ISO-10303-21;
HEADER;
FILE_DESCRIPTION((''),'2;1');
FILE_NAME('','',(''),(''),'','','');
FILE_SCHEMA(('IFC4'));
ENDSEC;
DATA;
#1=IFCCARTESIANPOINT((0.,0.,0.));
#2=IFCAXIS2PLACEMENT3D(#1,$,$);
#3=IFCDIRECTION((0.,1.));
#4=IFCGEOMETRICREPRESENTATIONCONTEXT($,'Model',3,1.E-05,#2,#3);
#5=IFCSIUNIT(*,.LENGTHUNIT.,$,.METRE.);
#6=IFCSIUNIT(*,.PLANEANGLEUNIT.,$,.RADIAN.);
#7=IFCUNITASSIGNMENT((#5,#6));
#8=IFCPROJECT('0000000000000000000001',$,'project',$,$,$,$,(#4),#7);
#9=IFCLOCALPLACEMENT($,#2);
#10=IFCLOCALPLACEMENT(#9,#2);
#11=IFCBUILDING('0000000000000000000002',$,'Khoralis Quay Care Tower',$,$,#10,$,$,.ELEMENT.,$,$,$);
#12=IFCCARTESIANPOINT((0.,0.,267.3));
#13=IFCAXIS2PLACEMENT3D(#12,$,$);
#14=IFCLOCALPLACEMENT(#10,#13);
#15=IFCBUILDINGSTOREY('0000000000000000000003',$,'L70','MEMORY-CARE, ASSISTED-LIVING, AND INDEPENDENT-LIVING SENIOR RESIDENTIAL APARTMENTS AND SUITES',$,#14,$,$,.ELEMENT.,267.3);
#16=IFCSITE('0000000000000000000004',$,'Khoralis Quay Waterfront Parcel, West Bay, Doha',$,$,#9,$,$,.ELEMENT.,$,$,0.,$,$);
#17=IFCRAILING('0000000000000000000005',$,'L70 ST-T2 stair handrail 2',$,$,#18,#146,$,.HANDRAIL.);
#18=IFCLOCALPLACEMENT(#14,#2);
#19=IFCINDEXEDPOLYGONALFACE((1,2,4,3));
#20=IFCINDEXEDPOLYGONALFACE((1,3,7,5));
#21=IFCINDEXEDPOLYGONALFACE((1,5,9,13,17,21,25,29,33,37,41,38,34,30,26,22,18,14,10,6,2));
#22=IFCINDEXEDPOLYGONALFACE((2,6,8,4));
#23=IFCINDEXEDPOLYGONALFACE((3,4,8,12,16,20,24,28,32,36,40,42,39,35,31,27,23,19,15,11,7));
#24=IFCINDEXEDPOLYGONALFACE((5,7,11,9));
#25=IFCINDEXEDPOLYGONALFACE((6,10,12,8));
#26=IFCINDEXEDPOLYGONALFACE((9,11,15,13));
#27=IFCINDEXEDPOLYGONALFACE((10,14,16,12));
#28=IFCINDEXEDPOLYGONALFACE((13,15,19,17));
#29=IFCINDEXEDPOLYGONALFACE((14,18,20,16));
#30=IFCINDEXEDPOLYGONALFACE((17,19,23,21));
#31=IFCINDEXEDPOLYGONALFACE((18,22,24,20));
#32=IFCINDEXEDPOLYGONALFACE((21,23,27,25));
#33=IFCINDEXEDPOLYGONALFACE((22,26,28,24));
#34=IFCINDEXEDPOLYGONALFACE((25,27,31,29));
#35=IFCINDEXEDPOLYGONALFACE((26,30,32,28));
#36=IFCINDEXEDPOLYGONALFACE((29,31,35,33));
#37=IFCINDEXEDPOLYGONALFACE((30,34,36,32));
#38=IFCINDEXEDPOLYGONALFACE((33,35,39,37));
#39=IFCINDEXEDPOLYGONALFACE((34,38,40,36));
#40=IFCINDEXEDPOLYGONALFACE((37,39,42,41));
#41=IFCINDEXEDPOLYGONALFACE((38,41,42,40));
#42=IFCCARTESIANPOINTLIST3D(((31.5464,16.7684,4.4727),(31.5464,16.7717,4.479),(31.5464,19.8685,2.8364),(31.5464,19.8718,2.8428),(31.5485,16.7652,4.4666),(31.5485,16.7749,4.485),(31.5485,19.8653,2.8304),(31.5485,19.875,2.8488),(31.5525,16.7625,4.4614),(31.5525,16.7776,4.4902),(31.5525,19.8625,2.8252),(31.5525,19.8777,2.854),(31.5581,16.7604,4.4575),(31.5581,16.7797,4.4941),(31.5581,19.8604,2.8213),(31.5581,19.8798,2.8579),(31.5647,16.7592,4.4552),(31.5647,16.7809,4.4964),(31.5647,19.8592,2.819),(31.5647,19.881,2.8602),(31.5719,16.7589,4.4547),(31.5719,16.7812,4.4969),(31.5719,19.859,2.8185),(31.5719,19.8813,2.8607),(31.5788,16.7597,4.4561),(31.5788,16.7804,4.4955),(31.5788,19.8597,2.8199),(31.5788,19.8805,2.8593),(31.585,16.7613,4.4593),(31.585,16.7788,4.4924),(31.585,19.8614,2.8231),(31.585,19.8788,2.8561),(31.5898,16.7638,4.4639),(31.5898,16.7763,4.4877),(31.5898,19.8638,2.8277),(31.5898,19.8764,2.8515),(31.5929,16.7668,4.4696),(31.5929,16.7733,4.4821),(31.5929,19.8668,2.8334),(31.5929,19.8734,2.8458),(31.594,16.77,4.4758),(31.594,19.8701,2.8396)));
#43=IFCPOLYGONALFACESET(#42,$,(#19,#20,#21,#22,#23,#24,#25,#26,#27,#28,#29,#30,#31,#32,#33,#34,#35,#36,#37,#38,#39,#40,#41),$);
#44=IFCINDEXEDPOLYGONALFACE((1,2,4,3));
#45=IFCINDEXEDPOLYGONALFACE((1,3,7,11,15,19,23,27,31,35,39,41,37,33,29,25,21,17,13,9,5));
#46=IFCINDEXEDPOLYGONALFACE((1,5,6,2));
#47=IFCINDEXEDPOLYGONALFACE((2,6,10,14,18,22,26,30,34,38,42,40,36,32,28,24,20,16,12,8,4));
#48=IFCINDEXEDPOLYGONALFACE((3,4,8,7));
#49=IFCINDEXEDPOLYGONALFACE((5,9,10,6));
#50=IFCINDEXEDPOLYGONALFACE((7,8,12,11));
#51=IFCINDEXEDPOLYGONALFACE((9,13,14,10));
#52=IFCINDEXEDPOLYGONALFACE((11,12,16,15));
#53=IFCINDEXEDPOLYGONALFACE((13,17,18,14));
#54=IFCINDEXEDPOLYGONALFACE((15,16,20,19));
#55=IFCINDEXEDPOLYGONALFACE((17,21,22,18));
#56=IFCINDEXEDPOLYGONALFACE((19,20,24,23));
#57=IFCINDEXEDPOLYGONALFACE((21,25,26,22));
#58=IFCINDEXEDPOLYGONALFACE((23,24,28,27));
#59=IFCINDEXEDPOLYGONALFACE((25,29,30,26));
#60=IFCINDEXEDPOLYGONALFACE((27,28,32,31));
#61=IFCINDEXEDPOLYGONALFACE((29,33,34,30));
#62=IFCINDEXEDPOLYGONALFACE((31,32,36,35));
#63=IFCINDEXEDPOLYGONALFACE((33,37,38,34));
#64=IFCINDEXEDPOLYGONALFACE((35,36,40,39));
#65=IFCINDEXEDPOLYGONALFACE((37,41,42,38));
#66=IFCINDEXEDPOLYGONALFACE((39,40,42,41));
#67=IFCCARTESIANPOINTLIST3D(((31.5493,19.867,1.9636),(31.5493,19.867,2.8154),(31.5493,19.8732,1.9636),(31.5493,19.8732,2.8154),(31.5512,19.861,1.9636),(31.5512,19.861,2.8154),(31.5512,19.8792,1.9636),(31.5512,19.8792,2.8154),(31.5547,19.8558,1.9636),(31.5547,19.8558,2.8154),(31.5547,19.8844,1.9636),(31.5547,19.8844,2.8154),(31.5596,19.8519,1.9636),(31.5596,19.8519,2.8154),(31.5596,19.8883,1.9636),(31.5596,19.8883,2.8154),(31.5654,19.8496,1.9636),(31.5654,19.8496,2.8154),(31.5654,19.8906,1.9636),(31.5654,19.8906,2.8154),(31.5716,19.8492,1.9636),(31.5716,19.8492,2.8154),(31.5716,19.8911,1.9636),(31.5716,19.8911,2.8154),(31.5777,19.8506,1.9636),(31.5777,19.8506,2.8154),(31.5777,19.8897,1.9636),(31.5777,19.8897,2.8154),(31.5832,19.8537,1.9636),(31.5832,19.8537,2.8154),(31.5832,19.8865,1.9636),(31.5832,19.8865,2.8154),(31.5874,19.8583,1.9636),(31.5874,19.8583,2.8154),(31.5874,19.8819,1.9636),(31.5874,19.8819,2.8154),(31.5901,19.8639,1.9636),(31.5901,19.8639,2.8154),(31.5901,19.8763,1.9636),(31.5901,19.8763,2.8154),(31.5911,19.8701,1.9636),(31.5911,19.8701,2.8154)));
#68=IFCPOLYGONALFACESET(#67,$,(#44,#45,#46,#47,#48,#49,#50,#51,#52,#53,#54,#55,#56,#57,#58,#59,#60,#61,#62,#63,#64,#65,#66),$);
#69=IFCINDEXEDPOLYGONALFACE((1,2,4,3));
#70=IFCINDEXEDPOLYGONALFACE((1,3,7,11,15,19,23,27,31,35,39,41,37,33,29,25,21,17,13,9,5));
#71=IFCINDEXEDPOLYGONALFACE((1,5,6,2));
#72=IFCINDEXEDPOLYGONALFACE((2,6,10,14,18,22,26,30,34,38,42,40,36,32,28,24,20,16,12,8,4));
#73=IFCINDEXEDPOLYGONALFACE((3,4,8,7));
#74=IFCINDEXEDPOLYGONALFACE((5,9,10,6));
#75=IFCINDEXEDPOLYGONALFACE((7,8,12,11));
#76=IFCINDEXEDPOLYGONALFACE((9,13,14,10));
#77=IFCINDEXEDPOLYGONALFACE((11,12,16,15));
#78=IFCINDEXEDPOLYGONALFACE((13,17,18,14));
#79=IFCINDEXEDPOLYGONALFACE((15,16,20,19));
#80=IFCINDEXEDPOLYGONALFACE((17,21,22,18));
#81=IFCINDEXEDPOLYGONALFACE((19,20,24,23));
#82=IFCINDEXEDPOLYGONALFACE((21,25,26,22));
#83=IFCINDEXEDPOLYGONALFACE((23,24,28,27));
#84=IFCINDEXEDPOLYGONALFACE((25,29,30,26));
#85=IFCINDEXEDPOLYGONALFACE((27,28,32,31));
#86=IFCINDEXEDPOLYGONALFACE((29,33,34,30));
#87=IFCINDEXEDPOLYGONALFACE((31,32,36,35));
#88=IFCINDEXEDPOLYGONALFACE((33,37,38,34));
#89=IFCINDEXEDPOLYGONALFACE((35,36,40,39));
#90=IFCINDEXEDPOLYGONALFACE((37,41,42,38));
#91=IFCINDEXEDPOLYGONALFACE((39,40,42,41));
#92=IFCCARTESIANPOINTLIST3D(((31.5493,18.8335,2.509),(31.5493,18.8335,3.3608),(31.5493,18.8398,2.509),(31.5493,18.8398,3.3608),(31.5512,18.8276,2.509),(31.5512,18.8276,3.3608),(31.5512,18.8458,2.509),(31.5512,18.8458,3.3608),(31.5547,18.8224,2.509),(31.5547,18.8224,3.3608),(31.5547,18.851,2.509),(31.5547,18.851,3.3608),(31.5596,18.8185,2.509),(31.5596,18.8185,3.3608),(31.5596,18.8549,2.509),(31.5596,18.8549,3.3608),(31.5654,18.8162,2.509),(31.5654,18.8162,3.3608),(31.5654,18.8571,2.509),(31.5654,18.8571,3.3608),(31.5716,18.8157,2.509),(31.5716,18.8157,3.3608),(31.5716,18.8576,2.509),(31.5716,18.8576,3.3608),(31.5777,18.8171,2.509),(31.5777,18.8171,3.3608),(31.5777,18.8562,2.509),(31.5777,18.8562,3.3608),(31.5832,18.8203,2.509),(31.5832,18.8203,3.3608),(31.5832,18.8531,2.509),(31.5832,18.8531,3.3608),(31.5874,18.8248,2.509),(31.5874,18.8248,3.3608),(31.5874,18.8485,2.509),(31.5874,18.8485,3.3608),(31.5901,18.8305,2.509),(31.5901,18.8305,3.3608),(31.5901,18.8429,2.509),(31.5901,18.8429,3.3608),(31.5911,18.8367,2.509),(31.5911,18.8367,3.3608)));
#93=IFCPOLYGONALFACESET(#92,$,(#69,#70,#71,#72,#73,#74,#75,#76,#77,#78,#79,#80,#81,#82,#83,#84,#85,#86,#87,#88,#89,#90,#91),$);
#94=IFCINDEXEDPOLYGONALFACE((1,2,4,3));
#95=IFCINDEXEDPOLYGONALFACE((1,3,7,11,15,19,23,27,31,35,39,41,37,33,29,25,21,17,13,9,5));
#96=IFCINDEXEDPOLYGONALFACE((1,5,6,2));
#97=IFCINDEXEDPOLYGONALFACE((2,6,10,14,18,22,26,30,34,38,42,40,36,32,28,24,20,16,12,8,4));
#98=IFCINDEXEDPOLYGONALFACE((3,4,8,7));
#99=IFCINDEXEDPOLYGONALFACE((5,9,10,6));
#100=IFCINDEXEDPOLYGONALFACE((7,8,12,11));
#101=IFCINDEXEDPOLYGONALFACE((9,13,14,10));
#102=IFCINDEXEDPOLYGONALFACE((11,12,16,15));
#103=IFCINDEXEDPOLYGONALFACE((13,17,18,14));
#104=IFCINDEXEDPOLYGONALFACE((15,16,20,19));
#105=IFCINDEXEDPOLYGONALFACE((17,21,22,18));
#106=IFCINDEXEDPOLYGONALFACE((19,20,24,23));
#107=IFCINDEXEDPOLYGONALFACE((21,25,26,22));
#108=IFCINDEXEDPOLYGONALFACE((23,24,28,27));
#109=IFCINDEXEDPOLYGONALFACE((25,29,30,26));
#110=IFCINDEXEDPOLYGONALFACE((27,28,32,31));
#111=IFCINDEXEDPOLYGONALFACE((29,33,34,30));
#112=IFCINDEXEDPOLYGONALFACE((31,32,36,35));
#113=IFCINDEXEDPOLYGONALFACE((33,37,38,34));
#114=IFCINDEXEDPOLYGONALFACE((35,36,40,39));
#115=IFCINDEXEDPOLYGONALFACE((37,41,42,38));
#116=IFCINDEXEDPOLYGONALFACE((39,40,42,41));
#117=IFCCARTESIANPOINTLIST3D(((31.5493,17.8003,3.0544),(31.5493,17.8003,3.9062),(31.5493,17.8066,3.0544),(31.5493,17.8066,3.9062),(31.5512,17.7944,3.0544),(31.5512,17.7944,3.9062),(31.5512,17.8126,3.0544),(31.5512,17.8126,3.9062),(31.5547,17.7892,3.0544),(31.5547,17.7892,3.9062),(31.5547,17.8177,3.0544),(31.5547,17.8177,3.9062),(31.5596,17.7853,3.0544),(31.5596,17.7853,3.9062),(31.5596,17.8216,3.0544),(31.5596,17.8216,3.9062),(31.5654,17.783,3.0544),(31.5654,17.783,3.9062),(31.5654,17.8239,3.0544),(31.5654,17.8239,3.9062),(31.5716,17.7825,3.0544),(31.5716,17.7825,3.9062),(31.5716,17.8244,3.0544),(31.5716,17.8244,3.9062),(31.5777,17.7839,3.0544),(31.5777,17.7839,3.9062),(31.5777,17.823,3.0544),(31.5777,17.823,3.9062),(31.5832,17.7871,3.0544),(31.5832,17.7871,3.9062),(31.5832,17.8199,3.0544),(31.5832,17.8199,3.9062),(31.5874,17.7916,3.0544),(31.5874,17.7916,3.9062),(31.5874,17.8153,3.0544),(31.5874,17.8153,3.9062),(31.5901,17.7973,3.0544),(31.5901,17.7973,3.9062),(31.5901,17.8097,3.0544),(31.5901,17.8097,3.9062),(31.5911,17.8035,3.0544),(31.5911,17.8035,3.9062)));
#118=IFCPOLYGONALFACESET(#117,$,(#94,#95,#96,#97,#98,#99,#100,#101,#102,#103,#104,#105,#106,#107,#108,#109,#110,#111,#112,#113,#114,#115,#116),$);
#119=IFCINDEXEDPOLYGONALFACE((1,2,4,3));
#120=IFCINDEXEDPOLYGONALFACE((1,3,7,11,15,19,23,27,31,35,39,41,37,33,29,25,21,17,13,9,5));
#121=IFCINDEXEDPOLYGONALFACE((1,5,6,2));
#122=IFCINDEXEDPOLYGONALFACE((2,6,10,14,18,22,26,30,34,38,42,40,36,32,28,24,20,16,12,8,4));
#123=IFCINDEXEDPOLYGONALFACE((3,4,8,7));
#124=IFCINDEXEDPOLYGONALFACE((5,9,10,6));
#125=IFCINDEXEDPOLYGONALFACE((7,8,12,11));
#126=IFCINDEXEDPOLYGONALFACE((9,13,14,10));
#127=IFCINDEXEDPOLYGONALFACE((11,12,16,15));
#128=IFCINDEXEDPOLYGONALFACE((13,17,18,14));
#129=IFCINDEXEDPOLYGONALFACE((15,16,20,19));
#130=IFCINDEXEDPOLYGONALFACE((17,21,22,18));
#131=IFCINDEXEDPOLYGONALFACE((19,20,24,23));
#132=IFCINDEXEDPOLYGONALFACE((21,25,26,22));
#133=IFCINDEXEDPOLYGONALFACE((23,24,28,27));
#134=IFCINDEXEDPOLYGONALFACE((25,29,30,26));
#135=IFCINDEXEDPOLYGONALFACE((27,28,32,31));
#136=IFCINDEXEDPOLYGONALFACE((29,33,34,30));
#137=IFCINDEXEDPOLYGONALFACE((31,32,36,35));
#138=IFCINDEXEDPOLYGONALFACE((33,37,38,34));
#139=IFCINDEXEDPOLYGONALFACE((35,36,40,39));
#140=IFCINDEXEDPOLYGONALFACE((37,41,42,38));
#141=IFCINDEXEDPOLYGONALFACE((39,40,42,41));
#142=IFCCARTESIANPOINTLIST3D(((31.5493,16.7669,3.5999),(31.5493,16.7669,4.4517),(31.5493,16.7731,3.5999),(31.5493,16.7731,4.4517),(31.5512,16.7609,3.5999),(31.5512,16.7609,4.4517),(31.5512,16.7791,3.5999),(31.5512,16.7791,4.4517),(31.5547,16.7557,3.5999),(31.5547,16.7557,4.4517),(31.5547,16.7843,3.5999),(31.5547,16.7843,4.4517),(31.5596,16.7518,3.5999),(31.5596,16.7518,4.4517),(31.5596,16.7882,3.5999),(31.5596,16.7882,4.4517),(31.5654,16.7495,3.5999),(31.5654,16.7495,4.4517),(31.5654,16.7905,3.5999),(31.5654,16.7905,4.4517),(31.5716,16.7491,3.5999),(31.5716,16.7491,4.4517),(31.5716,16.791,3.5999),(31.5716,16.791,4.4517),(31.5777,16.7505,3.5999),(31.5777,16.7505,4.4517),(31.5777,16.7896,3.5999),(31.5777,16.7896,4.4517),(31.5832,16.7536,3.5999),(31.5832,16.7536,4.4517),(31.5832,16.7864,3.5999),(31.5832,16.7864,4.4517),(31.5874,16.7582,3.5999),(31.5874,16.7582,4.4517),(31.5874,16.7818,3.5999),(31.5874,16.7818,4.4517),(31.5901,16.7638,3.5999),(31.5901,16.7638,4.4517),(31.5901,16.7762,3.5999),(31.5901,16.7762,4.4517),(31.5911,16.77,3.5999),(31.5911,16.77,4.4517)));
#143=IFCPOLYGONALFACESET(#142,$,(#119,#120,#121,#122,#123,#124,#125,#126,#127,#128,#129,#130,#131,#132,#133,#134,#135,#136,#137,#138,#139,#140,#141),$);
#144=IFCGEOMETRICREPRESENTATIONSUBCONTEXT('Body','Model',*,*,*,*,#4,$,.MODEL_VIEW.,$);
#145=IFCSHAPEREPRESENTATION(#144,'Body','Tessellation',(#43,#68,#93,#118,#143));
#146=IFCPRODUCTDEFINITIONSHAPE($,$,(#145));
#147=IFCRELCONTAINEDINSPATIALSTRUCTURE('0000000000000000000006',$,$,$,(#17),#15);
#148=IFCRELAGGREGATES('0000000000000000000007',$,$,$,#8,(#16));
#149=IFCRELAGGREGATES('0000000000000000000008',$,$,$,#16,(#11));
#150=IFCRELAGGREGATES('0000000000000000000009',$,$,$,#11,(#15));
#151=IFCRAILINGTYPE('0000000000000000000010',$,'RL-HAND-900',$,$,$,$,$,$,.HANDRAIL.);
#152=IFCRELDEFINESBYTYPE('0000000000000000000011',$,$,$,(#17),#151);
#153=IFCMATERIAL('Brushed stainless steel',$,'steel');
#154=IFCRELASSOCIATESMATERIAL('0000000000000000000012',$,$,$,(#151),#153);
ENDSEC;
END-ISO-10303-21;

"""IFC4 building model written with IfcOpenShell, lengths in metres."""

from ifc_helpers import new_model, si_unit, direction, frame, origin, origin_2d, place, context, subcontext, project, spatial, circle, extrude, material, type_object, element, save


model = new_model("IFC4")

# Units and contexts
model_context = context("Model", 3, precision=1e-05, world=origin(), true_north=direction((0.0, 1.0)))
body_context = subcontext(model_context, "Body", "Model", "MODEL_VIEW")
ifc_project = project(units=[si_unit("LENGTHUNIT", "METRE"), si_unit("PLANEANGLEUNIT", "RADIAN")], contexts=[model_context])

# Site, building, storey
site_placement = place(None, origin())
site = spatial("IfcSite", under=ifc_project, at=site_placement, Name="Khoralis Quay Waterfront Parcel, West Bay, Doha", CompositionType="ELEMENT", RefElevation=0.0)
building_placement = place(site_placement, origin())
building = spatial("IfcBuilding", under=site, at=building_placement, Name="Khoralis Quay Care Tower", CompositionType="ELEMENT")
storey_placement = place(building_placement, frame((0.0, 0.0, 267.3)))
storey = spatial("IfcBuildingStorey", under=building, at=storey_placement, Name="L70", Description="MEMORY-CARE, ASSISTED-LIVING, AND INDEPENDENT-LIVING SENIOR RESIDENTIAL APARTMENTS AND SUITES", CompositionType="ELEMENT", Elevation=267.3)

# Shared definitions
ifc_material_1 = material(Name="Brushed stainless steel", Category="steel")

# Railing
railing_type = type_object("IfcRailingType", Name="RL-HAND-900", PredefinedType="HANDRAIL", material=ifc_material_1)
railing_placement = place(storey_placement, frame((31.5701, 19.8701, 1.9636)))
element("IfcRailing", 1, at=railing_placement, inside=storey, type_object=railing_type, Name="L70 ST-T2 stair handrail 2", PredefinedType="HANDRAIL", context=body_context, shape_type="SweptSolid", body=[
    extrude(circle(Radius=0.0239, at=origin_2d()), frame((0.0, 0.0, 0.876), z_axis=(0.0, -0.884377, 0.466774), x_axis=(1.0, 0.0, 0.0)), (0.0, 0.0, 1.0), 3.5054),
    extrude(circle(Radius=0.021, at=origin_2d()), origin(), (0.0, 0.0, 1.0), 0.8518),
    extrude(circle(Radius=0.021, at=origin_2d()), frame((0.0, -1.0334, 0.5454)), (0.0, 0.0, 1.0), 0.8518),
    extrude(circle(Radius=0.021, at=origin_2d()), frame((0.0, -2.0667, 1.0908)), (0.0, 0.0, 1.0), 0.8518),
    extrude(circle(Radius=0.021, at=origin_2d()), frame((0.0, -3.1001, 1.6362)), (0.0, 0.0, 1.0), 0.8518),
])

save(model, "model.ifc")
